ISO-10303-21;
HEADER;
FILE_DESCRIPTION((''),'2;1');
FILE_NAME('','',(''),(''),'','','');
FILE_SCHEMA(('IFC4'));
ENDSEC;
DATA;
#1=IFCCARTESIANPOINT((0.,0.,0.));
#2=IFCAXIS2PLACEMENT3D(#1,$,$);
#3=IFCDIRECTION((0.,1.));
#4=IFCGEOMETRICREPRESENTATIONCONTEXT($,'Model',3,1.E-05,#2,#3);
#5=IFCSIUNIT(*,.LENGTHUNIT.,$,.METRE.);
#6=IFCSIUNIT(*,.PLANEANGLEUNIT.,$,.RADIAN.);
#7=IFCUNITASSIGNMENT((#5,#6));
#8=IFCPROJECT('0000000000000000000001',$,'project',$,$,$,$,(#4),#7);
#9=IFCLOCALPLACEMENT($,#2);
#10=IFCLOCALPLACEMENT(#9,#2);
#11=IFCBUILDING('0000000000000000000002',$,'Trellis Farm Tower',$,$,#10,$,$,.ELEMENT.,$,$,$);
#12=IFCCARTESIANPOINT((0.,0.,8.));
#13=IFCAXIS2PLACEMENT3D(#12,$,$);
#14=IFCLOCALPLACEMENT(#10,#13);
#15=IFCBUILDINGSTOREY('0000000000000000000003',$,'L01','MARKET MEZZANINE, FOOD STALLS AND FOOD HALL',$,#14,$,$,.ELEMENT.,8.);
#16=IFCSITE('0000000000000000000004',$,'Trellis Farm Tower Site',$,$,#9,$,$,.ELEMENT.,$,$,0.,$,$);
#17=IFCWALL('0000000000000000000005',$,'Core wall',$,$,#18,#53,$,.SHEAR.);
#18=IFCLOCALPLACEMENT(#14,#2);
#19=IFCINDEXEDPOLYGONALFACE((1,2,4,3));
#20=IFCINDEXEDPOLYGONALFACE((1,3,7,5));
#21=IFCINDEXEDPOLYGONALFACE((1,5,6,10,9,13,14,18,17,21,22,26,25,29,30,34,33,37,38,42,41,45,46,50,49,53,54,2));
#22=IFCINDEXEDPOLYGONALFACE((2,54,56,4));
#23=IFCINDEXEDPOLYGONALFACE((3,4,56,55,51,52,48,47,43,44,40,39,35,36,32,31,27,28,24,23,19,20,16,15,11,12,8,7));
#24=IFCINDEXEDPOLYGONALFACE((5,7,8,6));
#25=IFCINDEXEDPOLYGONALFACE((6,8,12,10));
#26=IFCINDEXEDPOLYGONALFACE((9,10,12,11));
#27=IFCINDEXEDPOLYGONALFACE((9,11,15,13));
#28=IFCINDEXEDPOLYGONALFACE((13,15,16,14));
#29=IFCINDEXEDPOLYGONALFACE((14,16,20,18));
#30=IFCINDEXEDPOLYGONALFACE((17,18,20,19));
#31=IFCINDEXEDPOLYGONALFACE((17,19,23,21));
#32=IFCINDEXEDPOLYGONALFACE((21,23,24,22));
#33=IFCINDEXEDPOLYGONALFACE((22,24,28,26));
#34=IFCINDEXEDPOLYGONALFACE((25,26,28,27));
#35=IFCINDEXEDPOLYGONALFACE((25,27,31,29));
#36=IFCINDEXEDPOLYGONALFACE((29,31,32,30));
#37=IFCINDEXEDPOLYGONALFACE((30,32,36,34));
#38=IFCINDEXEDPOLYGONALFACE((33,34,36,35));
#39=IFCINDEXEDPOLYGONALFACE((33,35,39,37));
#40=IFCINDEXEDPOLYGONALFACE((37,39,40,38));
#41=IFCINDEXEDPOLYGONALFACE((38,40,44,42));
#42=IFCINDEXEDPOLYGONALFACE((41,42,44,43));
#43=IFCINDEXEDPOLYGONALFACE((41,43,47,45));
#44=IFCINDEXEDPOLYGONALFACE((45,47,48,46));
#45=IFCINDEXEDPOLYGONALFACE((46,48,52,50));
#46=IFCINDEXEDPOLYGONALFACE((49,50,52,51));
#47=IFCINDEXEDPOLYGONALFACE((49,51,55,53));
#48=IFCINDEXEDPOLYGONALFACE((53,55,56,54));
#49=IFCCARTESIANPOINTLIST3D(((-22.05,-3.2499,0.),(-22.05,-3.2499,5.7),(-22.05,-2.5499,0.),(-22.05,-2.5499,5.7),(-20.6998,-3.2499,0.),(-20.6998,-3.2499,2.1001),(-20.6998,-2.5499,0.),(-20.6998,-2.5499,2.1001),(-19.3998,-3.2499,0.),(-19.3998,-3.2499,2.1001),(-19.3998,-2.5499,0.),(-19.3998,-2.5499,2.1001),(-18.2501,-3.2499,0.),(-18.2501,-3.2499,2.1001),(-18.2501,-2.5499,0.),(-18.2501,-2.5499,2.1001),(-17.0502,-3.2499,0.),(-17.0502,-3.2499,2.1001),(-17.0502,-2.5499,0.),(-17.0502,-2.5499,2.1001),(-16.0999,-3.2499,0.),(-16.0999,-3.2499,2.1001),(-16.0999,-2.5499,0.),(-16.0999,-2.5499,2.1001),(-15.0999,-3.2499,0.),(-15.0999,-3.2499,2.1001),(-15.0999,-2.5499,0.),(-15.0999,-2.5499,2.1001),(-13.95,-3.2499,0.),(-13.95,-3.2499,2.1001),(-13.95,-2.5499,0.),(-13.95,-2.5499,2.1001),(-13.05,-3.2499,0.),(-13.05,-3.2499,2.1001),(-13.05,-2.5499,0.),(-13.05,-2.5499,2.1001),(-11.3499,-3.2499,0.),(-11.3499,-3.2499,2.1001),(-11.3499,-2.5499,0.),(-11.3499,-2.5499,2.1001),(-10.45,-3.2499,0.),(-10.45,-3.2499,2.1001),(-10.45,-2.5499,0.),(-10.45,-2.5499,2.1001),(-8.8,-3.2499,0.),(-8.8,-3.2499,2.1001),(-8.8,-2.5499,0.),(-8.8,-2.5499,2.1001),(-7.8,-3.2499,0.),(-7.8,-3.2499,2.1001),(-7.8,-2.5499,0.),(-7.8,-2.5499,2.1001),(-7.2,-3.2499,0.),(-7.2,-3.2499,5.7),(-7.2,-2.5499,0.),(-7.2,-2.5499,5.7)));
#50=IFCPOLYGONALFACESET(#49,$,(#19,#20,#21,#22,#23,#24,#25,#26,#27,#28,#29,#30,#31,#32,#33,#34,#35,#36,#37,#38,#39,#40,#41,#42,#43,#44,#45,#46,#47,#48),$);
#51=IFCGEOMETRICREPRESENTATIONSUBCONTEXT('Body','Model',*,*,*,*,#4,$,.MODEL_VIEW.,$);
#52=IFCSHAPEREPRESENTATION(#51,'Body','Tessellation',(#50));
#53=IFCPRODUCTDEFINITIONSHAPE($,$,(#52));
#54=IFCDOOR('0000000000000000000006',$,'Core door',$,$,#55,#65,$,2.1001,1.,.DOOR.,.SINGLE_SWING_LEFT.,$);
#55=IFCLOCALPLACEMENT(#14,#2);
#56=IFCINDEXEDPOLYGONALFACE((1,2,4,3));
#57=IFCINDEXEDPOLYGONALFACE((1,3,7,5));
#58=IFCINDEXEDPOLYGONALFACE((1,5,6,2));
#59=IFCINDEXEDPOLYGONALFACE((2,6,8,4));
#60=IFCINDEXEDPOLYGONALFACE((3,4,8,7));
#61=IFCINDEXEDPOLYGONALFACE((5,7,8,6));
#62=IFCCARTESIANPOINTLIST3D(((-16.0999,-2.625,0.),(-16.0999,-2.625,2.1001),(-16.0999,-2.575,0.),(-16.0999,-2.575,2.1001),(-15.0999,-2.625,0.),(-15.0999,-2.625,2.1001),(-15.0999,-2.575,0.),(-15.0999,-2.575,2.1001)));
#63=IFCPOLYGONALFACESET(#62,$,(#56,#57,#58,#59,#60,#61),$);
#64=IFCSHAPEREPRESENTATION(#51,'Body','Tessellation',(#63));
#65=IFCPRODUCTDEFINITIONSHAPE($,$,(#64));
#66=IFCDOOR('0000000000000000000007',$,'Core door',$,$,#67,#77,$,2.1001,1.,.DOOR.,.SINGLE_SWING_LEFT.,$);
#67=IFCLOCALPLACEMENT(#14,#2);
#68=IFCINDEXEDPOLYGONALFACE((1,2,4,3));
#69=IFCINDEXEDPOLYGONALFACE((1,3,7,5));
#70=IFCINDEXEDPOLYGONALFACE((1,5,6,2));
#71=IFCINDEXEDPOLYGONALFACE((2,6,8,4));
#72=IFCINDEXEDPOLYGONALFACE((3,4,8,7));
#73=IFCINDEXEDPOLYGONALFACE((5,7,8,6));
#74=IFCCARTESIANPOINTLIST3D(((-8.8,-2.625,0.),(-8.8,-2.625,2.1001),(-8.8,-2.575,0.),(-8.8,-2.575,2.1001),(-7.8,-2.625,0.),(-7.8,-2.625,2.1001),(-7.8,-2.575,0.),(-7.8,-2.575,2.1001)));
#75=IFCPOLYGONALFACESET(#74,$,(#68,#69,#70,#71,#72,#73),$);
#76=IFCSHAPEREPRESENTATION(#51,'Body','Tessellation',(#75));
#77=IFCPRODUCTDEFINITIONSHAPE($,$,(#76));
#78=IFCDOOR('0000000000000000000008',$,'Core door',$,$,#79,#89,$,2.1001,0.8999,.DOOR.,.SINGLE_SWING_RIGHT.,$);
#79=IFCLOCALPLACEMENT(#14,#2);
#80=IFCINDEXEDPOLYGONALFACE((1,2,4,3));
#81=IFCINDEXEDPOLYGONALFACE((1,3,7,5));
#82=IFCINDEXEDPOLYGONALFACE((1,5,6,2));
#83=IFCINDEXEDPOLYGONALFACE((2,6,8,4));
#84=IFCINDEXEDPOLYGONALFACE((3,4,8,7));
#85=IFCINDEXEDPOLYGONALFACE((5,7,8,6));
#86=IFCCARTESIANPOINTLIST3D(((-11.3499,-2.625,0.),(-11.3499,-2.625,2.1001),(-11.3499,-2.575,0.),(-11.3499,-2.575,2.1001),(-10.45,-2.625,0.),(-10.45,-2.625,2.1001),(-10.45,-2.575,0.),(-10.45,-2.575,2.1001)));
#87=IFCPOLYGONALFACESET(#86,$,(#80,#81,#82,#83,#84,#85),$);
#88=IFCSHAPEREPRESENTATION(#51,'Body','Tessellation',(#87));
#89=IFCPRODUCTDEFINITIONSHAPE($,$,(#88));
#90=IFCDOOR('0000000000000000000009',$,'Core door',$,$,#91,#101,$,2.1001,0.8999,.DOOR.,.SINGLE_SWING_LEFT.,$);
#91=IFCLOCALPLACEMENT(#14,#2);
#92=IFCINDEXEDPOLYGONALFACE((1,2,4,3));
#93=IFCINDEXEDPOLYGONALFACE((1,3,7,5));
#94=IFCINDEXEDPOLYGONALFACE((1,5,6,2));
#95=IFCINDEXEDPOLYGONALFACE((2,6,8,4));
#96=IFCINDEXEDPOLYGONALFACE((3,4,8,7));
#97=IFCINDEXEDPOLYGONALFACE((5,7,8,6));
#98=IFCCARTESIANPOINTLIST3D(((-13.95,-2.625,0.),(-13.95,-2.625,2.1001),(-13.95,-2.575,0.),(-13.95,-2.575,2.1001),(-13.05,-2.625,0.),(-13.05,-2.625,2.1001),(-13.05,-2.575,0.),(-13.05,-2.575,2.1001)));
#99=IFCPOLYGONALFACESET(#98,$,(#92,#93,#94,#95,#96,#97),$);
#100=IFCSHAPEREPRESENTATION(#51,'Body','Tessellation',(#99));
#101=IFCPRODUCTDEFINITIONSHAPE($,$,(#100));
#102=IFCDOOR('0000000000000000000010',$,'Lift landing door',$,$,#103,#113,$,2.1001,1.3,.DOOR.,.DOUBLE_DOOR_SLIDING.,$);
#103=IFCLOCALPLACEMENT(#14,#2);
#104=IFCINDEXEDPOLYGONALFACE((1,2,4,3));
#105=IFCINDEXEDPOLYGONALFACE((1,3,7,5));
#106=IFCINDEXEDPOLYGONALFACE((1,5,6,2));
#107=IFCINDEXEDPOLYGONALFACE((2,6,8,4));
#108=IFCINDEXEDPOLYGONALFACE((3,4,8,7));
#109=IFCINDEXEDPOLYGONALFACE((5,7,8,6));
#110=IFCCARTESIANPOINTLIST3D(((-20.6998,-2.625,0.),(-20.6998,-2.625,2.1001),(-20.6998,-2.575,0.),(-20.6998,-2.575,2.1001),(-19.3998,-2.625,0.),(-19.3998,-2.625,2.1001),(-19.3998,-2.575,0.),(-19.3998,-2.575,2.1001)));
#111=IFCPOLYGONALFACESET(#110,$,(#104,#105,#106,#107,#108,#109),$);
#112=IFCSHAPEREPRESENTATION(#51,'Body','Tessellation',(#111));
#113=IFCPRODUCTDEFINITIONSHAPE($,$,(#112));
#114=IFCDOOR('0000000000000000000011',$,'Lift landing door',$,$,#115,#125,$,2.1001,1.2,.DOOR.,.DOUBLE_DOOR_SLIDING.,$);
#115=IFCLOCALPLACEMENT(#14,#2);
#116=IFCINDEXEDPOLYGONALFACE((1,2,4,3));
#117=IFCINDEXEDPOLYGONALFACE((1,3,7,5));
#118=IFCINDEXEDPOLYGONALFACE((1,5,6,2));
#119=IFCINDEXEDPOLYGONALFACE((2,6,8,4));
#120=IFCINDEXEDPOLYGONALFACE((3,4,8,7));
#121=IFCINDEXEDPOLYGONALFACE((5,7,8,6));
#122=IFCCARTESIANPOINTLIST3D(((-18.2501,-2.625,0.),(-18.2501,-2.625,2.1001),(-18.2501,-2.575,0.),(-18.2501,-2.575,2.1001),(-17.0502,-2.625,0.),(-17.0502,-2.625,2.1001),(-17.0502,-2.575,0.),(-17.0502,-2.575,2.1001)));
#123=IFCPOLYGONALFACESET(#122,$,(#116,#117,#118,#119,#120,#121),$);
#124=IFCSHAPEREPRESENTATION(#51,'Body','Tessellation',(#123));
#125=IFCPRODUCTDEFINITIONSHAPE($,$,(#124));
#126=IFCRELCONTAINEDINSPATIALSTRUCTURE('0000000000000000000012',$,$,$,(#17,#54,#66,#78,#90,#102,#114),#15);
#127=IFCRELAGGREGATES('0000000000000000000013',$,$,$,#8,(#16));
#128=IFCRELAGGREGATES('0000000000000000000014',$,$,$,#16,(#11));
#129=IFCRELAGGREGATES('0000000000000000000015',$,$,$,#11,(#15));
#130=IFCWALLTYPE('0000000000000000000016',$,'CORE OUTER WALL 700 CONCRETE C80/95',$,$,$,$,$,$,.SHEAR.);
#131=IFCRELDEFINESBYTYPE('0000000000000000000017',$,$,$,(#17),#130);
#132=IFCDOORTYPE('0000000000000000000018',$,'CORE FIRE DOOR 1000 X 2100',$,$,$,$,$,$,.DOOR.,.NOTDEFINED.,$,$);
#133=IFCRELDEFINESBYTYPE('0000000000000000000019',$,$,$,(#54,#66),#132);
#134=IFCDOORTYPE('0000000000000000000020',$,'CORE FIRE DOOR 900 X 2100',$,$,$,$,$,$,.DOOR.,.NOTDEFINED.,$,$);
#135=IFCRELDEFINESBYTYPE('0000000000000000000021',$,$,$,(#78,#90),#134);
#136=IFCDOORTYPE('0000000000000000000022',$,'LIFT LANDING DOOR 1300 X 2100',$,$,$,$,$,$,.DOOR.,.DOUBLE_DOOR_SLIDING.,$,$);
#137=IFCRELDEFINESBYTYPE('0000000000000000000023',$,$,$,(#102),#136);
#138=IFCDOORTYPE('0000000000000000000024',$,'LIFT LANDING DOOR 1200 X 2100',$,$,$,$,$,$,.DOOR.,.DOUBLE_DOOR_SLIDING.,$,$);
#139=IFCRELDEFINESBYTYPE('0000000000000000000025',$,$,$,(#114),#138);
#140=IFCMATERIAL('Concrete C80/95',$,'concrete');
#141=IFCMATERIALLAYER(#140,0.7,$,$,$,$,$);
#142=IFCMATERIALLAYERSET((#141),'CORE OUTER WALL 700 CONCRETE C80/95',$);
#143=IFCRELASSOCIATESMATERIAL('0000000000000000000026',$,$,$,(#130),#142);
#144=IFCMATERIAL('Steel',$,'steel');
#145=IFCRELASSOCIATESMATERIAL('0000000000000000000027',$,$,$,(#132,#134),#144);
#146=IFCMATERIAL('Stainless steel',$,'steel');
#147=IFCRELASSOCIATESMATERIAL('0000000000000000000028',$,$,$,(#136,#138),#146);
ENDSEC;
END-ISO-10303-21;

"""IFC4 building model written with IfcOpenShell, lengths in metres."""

from ifc_helpers import new_model, si_unit, direction, frame, frame_2d, origin, place, context, subcontext, project, spatial, rectangle, extrude, source, transform, mapped, material, layer, layer_set, type_object, element, fill, save


model = new_model("IFC4")

# Units and contexts
model_context = context("Model", 3, precision=1e-05, world=origin(), true_north=direction((0.0, 1.0)))
body_context = subcontext(model_context, "Body", "Model", "MODEL_VIEW")
ifc_project = project(units=[si_unit("LENGTHUNIT", "METRE"), si_unit("PLANEANGLEUNIT", "RADIAN")], contexts=[model_context])

# Site, building, storey
site_placement = place(None, origin())
site = spatial("IfcSite", under=ifc_project, at=site_placement, Name="Trellis Farm Tower Site", CompositionType="ELEMENT", RefElevation=0.0)
building_placement = place(site_placement, origin())
building = spatial("IfcBuilding", under=site, at=building_placement, Name="Trellis Farm Tower", CompositionType="ELEMENT")
storey_placement = place(building_placement, frame((0.0, 0.0, 8.0)))
storey = spatial("IfcBuildingStorey", under=building, at=storey_placement, Name="L01", Description="MARKET MEZZANINE, FOOD STALLS AND FOOD HALL", CompositionType="ELEMENT", Elevation=8.0)

# Shared definitions
ifc_material_1 = material(Name="Concrete C80/95", Category="concrete")

# Shared definitions
ifc_material_2 = material(Name="Steel", Category="steel")

# Wall, openings, doors
ifc_layer_1 = layer(ifc_material_1, 0.7)
ifc_layer_set_1 = layer_set([ifc_layer_1], Name="CORE OUTER WALL 700 CONCRETE C80/95")
wall_type_1 = type_object("IfcWallType", Name="CORE OUTER WALL 700 CONCRETE C80/95", PredefinedType="SHEAR", material=ifc_layer_set_1)
shared_shape_1 = source(origin(), body_context, "Body", "SweptSolid", [
    extrude(rectangle(XDim=14.8501, YDim=0.7, at=frame_2d((7.425, 0.0))), origin(), (0.0, 0.0, 1.0), 5.7),
])
wall_1_placement = place(storey_placement, frame((-7.2, -2.8999, 0.0), z_axis=(0.0, 0.0, 1.0), x_axis=(-1.0, 0.0, 0.0)))
wall_1 = element("IfcWall", 1, at=wall_1_placement, inside=storey, type_object=wall_type_1, Name="Core wall", PredefinedType="SHEAR", context=body_context, shape_type="MappedRepresentation", body=[
    mapped(shared_shape_1, transform((0.0, 0.0, 0.0))),
])
shared_shape_2 = source(origin(), body_context, "Body", "SweptSolid", [
    extrude(rectangle(XDim=1.3, YDim=2.1001, at=frame_2d((0.6499, 1.05))), frame((0.0, 0.3601, 0.0), z_axis=(0.0, -1.0, 0.0), x_axis=(1.0, 0.0, 0.0)), (0.0, 0.0, 1.0), 0.7202),
])
opening_1_placement = place(wall_1_placement, frame((12.2, 0.0, 0.0)))
opening_1 = element("IfcOpeningElement", 2, at=opening_1_placement, cuts=wall_1, PredefinedType="OPENING", context=body_context, shape_type="MappedRepresentation", body=[
    mapped(shared_shape_2, transform((0.0, 0.0, 0.0))),
])
shared_shape_3 = source(origin(), body_context, "Body", "SweptSolid", [
    extrude(rectangle(XDim=1.2, YDim=2.1001, at=frame_2d((0.6001, 1.05))), frame((0.0, 0.3601, 0.0), z_axis=(0.0, -1.0, 0.0), x_axis=(1.0, 0.0, 0.0)), (0.0, 0.0, 1.0), 0.7202),
])
opening_2_placement = place(wall_1_placement, frame((9.8501, 0.0, 0.0)))
opening_2 = element("IfcOpeningElement", 3, at=opening_2_placement, cuts=wall_1, PredefinedType="OPENING", context=body_context, shape_type="MappedRepresentation", body=[
    mapped(shared_shape_3, transform((0.0, 0.0, 0.0))),
])
shared_shape_4 = source(origin(), body_context, "Body", "SweptSolid", [
    extrude(rectangle(XDim=1.0, YDim=2.1001, at=frame_2d((0.5, 1.05))), frame((0.0, 0.3601, 0.0), z_axis=(0.0, -1.0, 0.0), x_axis=(1.0, 0.0, 0.0)), (0.0, 0.0, 1.0), 0.7202),
])
opening_3_placement = place(wall_1_placement, frame((7.8999, 0.0, 0.0)))
opening_3 = element("IfcOpeningElement", 4, at=opening_3_placement, cuts=wall_1, PredefinedType="OPENING", context=body_context, shape_type="MappedRepresentation", body=[
    mapped(shared_shape_4, transform((0.0, 0.0, 0.0))),
])
opening_4_placement = place(wall_1_placement, frame((0.6001, 0.0, 0.0)))
opening_4 = element("IfcOpeningElement", 5, at=opening_4_placement, cuts=wall_1, PredefinedType="OPENING", context=body_context, shape_type="MappedRepresentation", body=[
    mapped(shared_shape_4, transform((0.0, 0.0, 0.0))),
])
shared_shape_5 = source(origin(), body_context, "Body", "SweptSolid", [
    extrude(rectangle(XDim=0.8999, YDim=2.1001, at=frame_2d((0.45, 1.05))), frame((0.0, 0.3601, 0.0), z_axis=(0.0, -1.0, 0.0), x_axis=(1.0, 0.0, 0.0)), (0.0, 0.0, 1.0), 0.7202),
])
opening_5_placement = place(wall_1_placement, frame((3.25, 0.0, 0.0)))
opening_5 = element("IfcOpeningElement", 6, at=opening_5_placement, cuts=wall_1, PredefinedType="OPENING", context=body_context, shape_type="MappedRepresentation", body=[
    mapped(shared_shape_5, transform((0.0, 0.0, 0.0))),
])
opening_6_placement = place(wall_1_placement, frame((5.8501, 0.0, 0.0)))
opening_6 = element("IfcOpeningElement", 7, at=opening_6_placement, cuts=wall_1, PredefinedType="OPENING", context=body_context, shape_type="MappedRepresentation", body=[
    mapped(shared_shape_5, transform((0.0, 0.0, 0.0))),
])
door_type_1 = type_object("IfcDoorType", Name="CORE FIRE DOOR 1000 X 2100", OperationType="NOTDEFINED", PredefinedType="DOOR", material=ifc_material_2)
shared_shape_6 = source(origin(), body_context, "Body", "SweptSolid", [
    extrude(rectangle(XDim=1.0, YDim=2.1001, at=frame_2d((0.5, 1.05))), frame((0.0, -0.2749, 0.0), z_axis=(0.0, -1.0, 0.0), x_axis=(1.0, 0.0, 0.0)), (0.0, 0.0, 1.0), 0.05),
])
door_1_placement = place(opening_3_placement, origin())
door_1 = element("IfcDoor", 8, at=door_1_placement, inside=storey, type_object=door_type_1, Name="Core door", OperationType="SINGLE_SWING_LEFT", OverallHeight=2.1001, OverallWidth=1.0, PredefinedType="DOOR", context=body_context, shape_type="MappedRepresentation", body=[
    mapped(shared_shape_6, transform((0.0, 0.0, 0.0))),
])
fill(opening_3, door_1)
door_2_placement = place(opening_4_placement, origin())
door_2 = element("IfcDoor", 9, at=door_2_placement, inside=storey, type_object=door_type_1, Name="Core door", OperationType="SINGLE_SWING_LEFT", OverallHeight=2.1001, OverallWidth=1.0, PredefinedType="DOOR", context=body_context, shape_type="MappedRepresentation", body=[
    mapped(shared_shape_6, transform((0.0, 0.0, 0.0))),
])
fill(opening_4, door_2)
door_type_2 = type_object("IfcDoorType", Name="CORE FIRE DOOR 900 X 2100", OperationType="NOTDEFINED", PredefinedType="DOOR", material=ifc_material_2)
shared_shape_7 = source(origin(), body_context, "Body", "SweptSolid", [
    extrude(rectangle(XDim=0.8999, YDim=2.1001, at=frame_2d((0.45, 1.05))), frame((0.0, -0.2749, 0.0), z_axis=(0.0, -1.0, 0.0), x_axis=(1.0, 0.0, 0.0)), (0.0, 0.0, 1.0), 0.05),
])
door_3_placement = place(opening_5_placement, origin())
door_3 = element("IfcDoor", 10, at=door_3_placement, inside=storey, type_object=door_type_2, Name="Core door", OperationType="SINGLE_SWING_RIGHT", OverallHeight=2.1001, OverallWidth=0.8999, PredefinedType="DOOR", context=body_context, shape_type="MappedRepresentation", body=[
    mapped(shared_shape_7, transform((0.0, 0.0, 0.0))),
])
fill(opening_5, door_3)
door_4_placement = place(opening_6_placement, origin())
door_4 = element("IfcDoor", 11, at=door_4_placement, inside=storey, type_object=door_type_2, Name="Core door", OperationType="SINGLE_SWING_LEFT", OverallHeight=2.1001, OverallWidth=0.8999, PredefinedType="DOOR", context=body_context, shape_type="MappedRepresentation", body=[
    mapped(shared_shape_7, transform((0.0, 0.0, 0.0))),
])
fill(opening_6, door_4)
ifc_material_3 = material(Name="Stainless steel", Category="steel")
door_type_3 = type_object("IfcDoorType", Name="LIFT LANDING DOOR 1300 X 2100", OperationType="DOUBLE_DOOR_SLIDING", PredefinedType="DOOR", material=ifc_material_3)
shared_shape_8 = source(origin(), body_context, "Body", "SweptSolid", [
    extrude(rectangle(XDim=1.3, YDim=2.1001, at=frame_2d((0.6499, 1.05))), frame((0.0, -0.2749, 0.0), z_axis=(0.0, -1.0, 0.0), x_axis=(1.0, 0.0, 0.0)), (0.0, 0.0, 1.0), 0.05),
])
door_5_placement = place(opening_1_placement, origin())
door_5 = element("IfcDoor", 12, at=door_5_placement, inside=storey, type_object=door_type_3, Name="Lift landing door", OperationType="DOUBLE_DOOR_SLIDING", OverallHeight=2.1001, OverallWidth=1.3, PredefinedType="DOOR", context=body_context, shape_type="MappedRepresentation", body=[
    mapped(shared_shape_8, transform((0.0, 0.0, 0.0))),
])
fill(opening_1, door_5)
door_type_4 = type_object("IfcDoorType", Name="LIFT LANDING DOOR 1200 X 2100", OperationType="DOUBLE_DOOR_SLIDING", PredefinedType="DOOR", material=ifc_material_3)
shared_shape_9 = source(origin(), body_context, "Body", "SweptSolid", [
    extrude(rectangle(XDim=1.2, YDim=2.1001, at=frame_2d((0.6001, 1.05))), frame((0.0, -0.2749, 0.0), z_axis=(0.0, -1.0, 0.0), x_axis=(1.0, 0.0, 0.0)), (0.0, 0.0, 1.0), 0.05),
])
door_6_placement = place(opening_2_placement, origin())
door_6 = element("IfcDoor", 13, at=door_6_placement, inside=storey, type_object=door_type_4, Name="Lift landing door", OperationType="DOUBLE_DOOR_SLIDING", OverallHeight=2.1001, OverallWidth=1.2, PredefinedType="DOOR", context=body_context, shape_type="MappedRepresentation", body=[
    mapped(shared_shape_9, transform((0.0, 0.0, 0.0))),
])
fill(opening_2, door_6)

save(model, "model.ifc")
